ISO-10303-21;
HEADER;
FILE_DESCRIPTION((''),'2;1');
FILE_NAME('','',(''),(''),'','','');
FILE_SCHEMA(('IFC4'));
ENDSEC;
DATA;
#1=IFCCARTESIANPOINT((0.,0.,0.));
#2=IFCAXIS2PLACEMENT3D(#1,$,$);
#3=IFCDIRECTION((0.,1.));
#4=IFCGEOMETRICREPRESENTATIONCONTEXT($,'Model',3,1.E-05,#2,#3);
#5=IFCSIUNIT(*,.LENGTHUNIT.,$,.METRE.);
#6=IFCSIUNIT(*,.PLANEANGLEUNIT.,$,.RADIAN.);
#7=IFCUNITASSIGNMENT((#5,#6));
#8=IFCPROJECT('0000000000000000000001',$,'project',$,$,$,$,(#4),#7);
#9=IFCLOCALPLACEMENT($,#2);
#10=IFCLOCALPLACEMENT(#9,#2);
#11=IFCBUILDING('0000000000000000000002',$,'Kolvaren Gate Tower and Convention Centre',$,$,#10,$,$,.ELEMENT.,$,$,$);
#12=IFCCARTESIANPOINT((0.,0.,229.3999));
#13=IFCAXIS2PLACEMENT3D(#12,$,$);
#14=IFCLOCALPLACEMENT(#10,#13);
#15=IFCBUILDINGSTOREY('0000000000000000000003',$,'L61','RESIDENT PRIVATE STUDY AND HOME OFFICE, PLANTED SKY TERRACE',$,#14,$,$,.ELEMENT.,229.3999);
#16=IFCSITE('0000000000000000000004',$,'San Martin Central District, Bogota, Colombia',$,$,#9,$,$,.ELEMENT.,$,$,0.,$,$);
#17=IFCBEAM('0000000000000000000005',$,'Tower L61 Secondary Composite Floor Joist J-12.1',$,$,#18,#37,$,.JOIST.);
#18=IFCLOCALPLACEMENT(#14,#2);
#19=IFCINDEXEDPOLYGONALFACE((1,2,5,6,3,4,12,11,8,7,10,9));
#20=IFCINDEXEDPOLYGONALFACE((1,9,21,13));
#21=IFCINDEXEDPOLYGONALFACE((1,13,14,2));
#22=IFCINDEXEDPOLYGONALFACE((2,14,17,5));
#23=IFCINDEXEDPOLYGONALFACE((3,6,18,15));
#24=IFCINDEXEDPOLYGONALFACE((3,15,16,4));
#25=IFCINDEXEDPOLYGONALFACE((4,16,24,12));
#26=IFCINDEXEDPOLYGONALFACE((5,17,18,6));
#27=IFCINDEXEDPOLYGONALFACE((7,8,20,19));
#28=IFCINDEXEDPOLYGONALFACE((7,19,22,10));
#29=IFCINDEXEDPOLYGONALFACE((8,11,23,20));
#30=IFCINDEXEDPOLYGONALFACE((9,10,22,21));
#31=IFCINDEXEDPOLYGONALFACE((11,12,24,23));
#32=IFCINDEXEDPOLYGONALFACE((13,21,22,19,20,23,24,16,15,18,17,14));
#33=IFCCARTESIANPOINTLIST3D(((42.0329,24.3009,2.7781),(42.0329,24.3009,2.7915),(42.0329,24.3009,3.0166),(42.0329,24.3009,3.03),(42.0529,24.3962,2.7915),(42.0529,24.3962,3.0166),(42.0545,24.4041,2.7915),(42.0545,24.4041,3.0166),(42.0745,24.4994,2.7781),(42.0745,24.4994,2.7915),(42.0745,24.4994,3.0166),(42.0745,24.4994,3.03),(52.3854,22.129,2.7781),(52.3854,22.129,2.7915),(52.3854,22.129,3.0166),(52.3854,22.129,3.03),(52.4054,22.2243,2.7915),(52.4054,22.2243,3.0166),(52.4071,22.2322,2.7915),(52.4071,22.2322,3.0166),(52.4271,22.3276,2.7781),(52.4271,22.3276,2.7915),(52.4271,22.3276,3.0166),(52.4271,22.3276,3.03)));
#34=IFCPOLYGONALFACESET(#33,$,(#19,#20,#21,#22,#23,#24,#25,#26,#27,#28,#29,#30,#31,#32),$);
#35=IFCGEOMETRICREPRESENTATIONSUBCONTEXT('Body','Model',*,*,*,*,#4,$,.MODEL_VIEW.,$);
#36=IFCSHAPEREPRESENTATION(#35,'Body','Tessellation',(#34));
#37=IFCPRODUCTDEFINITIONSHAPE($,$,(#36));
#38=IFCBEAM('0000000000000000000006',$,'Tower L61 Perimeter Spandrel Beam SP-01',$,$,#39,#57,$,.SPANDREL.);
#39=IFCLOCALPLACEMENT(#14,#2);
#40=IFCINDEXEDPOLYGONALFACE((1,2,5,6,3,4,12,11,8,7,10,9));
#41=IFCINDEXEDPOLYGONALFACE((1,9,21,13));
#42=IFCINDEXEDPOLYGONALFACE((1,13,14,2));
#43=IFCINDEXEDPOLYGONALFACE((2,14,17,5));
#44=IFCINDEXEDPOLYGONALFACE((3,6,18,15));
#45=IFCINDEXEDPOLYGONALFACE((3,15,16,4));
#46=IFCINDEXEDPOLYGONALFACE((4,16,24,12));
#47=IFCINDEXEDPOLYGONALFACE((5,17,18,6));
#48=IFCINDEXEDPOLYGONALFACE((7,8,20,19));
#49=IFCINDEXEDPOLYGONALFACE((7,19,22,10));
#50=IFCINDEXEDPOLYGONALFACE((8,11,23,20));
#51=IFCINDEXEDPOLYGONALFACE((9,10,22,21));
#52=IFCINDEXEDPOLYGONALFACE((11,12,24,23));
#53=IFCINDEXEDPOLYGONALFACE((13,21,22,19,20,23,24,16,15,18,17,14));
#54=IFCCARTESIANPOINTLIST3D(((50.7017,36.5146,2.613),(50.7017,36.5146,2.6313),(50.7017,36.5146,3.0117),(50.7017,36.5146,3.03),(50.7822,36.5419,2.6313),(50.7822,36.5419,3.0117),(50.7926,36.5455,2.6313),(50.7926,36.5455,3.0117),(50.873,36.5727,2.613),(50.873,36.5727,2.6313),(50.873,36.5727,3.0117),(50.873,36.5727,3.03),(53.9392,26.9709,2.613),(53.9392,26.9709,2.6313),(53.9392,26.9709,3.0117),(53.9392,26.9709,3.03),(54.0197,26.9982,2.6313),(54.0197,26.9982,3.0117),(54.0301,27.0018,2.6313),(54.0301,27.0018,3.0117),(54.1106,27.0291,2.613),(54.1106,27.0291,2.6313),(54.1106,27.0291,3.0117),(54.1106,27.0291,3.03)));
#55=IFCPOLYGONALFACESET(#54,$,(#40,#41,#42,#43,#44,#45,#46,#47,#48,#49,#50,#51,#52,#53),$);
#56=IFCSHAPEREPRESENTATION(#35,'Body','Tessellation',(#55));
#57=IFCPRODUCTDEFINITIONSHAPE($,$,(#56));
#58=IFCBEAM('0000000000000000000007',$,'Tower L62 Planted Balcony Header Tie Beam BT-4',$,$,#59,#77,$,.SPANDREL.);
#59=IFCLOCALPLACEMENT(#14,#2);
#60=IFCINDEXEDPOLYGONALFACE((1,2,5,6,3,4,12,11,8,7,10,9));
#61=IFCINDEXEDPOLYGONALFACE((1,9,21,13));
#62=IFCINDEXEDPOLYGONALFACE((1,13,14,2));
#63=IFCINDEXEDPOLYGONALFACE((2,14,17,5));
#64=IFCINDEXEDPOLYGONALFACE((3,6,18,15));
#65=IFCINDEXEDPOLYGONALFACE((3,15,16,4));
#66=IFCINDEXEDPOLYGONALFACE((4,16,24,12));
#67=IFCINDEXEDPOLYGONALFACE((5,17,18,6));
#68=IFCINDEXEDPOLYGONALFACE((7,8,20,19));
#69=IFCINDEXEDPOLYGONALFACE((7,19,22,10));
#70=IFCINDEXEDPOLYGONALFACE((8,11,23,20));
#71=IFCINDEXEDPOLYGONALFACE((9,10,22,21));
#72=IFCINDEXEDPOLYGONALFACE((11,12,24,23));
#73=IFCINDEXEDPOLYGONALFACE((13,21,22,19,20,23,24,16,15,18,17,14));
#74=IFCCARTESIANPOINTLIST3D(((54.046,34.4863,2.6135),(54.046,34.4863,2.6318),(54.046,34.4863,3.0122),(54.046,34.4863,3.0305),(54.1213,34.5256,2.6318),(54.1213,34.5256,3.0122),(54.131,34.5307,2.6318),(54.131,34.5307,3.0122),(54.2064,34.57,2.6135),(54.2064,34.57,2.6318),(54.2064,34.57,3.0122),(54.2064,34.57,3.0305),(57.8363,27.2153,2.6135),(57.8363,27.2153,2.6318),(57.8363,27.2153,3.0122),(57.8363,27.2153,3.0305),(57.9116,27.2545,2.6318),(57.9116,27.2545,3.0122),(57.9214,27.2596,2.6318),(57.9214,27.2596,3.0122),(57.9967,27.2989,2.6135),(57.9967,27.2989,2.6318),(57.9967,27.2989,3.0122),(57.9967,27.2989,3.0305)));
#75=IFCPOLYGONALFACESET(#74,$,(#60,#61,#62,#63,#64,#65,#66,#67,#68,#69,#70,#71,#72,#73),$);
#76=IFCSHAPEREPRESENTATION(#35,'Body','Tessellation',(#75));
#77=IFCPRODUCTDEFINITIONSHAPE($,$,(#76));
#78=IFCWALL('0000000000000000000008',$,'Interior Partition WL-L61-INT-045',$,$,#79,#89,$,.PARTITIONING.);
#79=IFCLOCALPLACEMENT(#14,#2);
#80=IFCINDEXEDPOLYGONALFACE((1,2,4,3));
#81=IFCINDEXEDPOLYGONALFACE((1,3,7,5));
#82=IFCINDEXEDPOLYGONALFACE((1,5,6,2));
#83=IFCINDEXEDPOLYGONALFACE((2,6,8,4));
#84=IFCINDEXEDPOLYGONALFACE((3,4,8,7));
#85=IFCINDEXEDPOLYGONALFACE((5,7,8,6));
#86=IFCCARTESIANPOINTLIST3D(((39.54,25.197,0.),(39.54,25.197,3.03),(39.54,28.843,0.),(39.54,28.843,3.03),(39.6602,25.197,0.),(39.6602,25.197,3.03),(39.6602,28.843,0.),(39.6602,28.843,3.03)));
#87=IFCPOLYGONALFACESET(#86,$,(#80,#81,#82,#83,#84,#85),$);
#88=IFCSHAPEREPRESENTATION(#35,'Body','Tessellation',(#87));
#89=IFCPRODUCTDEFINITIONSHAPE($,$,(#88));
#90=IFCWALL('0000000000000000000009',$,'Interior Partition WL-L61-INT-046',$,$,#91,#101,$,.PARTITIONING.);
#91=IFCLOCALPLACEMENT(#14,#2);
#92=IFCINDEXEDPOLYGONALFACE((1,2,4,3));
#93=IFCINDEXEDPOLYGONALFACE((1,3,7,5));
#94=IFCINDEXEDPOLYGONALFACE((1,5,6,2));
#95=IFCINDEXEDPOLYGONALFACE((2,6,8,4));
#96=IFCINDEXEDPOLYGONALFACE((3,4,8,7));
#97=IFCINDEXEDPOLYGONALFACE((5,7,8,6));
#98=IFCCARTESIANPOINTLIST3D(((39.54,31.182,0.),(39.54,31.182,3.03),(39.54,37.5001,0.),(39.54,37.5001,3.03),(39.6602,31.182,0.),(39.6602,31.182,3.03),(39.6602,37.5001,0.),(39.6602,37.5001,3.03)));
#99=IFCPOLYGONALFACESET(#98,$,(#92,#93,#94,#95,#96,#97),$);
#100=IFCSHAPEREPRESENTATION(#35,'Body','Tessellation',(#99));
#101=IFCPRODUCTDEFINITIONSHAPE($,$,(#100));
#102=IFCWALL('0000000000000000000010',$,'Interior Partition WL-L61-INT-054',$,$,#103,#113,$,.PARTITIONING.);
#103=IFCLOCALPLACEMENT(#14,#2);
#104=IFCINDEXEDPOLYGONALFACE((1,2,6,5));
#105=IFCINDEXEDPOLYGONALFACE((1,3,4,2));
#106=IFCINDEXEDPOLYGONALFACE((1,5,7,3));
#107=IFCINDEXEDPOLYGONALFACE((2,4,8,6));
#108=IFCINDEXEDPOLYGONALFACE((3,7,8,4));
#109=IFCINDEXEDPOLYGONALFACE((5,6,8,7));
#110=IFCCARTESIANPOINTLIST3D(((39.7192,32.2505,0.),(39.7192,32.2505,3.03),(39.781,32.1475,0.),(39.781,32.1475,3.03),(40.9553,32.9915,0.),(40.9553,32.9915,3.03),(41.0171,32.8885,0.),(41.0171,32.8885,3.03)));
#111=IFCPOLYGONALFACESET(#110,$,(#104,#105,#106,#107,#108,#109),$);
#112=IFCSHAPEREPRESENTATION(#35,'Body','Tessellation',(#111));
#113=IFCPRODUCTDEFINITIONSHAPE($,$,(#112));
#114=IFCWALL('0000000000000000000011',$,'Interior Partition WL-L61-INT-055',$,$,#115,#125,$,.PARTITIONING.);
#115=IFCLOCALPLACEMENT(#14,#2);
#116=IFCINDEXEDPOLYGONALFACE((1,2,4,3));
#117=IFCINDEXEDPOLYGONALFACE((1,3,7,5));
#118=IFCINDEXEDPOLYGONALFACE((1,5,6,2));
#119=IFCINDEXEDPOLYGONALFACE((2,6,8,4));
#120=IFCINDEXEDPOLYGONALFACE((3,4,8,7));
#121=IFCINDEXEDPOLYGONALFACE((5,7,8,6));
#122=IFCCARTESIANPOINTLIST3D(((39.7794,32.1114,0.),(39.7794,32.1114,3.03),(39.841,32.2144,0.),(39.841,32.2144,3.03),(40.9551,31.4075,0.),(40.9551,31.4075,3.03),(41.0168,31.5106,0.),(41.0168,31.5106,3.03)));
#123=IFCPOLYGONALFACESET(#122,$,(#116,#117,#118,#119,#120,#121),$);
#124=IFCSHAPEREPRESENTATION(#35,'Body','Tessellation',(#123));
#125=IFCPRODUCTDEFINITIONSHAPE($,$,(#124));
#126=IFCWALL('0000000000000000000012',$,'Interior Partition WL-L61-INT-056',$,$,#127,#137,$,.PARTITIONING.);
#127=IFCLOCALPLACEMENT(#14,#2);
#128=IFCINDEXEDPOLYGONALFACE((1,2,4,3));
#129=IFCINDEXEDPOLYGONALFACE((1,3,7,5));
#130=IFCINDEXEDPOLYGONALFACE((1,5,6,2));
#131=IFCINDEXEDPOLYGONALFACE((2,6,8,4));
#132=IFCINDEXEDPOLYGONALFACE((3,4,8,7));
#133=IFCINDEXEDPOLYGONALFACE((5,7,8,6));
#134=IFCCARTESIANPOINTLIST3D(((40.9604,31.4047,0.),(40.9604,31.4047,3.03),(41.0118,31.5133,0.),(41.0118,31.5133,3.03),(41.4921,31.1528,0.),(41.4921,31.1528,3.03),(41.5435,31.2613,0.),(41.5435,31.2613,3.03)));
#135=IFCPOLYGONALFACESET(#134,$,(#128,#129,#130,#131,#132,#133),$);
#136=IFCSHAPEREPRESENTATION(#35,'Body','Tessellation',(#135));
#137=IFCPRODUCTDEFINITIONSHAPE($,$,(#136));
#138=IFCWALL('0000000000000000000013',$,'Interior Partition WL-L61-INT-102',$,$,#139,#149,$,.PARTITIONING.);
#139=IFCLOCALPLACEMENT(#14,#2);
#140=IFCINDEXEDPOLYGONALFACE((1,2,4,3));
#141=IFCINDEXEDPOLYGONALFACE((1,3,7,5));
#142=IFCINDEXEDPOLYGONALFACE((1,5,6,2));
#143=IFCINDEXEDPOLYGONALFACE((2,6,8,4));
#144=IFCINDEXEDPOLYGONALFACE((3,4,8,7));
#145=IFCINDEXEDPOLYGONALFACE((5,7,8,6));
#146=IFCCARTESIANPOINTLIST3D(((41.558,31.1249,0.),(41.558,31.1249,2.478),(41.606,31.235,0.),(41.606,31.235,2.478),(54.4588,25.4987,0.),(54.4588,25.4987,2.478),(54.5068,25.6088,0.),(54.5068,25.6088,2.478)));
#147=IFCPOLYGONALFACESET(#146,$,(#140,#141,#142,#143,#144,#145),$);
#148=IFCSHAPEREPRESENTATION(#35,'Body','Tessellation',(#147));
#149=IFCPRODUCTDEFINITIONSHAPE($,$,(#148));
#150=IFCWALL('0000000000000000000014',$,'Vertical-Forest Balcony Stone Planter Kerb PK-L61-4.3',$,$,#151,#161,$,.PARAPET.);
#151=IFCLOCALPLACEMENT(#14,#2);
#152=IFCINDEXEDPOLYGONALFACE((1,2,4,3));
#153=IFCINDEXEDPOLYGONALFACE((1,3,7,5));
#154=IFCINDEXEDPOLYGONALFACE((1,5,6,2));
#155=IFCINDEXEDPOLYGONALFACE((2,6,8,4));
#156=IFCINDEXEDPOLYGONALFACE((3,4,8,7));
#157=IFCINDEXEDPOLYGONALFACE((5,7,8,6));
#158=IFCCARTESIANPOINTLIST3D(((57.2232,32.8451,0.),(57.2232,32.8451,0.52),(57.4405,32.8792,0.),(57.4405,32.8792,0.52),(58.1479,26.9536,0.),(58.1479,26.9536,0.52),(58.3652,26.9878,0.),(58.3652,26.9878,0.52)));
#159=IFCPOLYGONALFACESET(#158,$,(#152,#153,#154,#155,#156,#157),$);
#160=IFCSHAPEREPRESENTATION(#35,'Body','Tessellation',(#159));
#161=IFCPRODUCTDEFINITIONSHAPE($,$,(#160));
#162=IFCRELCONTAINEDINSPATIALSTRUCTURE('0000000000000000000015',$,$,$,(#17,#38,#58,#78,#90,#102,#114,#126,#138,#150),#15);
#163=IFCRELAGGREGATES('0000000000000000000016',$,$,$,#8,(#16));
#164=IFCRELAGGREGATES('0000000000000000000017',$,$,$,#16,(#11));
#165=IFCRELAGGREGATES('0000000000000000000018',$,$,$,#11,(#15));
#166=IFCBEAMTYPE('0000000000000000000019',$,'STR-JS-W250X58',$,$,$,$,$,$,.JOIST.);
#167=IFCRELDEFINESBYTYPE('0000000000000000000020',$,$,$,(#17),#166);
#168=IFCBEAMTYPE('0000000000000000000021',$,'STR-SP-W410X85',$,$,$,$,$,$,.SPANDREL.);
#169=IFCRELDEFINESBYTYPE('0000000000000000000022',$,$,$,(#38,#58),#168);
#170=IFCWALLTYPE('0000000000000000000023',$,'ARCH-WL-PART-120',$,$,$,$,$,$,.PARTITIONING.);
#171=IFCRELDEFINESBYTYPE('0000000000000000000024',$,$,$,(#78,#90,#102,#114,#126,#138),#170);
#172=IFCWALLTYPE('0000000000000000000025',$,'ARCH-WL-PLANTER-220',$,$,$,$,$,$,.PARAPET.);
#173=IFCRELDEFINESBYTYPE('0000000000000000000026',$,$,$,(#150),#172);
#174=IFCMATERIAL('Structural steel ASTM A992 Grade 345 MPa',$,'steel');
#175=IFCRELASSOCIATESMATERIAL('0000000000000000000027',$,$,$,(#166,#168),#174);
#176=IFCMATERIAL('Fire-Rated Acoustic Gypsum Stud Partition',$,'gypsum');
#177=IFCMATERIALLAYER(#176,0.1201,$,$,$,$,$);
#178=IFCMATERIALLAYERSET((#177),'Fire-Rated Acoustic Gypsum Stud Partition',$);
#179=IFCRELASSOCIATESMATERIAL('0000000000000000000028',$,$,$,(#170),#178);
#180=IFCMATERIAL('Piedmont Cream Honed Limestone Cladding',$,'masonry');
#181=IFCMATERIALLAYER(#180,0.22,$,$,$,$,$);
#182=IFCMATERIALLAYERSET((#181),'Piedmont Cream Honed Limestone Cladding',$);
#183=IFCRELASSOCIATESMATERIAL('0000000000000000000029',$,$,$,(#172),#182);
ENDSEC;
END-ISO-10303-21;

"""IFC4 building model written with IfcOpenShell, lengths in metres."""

from ifc_helpers import new_model, si_unit, direction, frame, frame_2d, origin, origin_2d, place, context, subcontext, project, spatial, rectangle, i_section, extrude, material, layer, layer_set, material_profile, profile_set, type_object, element, save


model = new_model("IFC4")

# Units and contexts
model_context = context("Model", 3, precision=1e-05, world=origin(), true_north=direction((0.0, 1.0)))
body_context = subcontext(model_context, "Body", "Model", "MODEL_VIEW")
ifc_project = project(units=[si_unit("LENGTHUNIT", "METRE"), si_unit("PLANEANGLEUNIT", "RADIAN")], contexts=[model_context])

# Site, building, storey
site_placement = place(None, origin())
site = spatial("IfcSite", under=ifc_project, at=site_placement, Name="San Martin Central District, Bogota, Colombia", CompositionType="ELEMENT", RefElevation=0.0)
building_placement = place(site_placement, origin())
building = spatial("IfcBuilding", under=site, at=building_placement, Name="Kolvaren Gate Tower and Convention Centre", CompositionType="ELEMENT")
storey_placement = place(building_placement, frame((0.0, 0.0, 229.3999)))
storey = spatial("IfcBuildingStorey", under=building, at=storey_placement, Name="L61", Description="RESIDENT PRIVATE STUDY AND HOME OFFICE, PLANTED SKY TERRACE", CompositionType="ELEMENT", Elevation=229.3999)

# Beams
ifc_material_1 = material(Name="Structural steel ASTM A992 Grade 345 MPa", Category="steel")
ifc_material_profile_1 = material_profile(ifc_material_1, i_section(OverallWidth=0.2029, OverallDepth=0.252, WebThickness=0.0081, FlangeThickness=0.0134, at=origin_2d()), Name="W250X58")
ifc_profile_set_1 = profile_set([ifc_material_profile_1], Name="Structural steel ASTM A992 Grade 345 MPa")
beam_type_1 = type_object("IfcBeamType", Name="STR-JS-W250X58", PredefinedType="JOIST", material=ifc_profile_set_1)
beam_1_placement = place(storey_placement, frame((42.0537, 24.4001, 2.9041), z_axis=(0.978695, -0.205322, 0.0), x_axis=(0.205322, 0.978695, 0.0)))
element("IfcBeam", 1, at=beam_1_placement, inside=storey, type_object=beam_type_1, Name="Tower L61 Secondary Composite Floor Joist J-12.1", PredefinedType="JOIST", context=body_context, shape_type="SweptSolid", body=[
    extrude(i_section(OverallWidth=0.2029, OverallDepth=0.252, WebThickness=0.0081, FlangeThickness=0.0134, at=origin_2d()), origin(), (0.0, 0.0, 1.0), 10.5779),
])
ifc_material_profile_2 = material_profile(ifc_material_1, i_section(OverallWidth=0.1809, OverallDepth=0.417, WebThickness=0.011, FlangeThickness=0.0183, at=origin_2d()), Name="W410X85")
ifc_profile_set_2 = profile_set([ifc_material_profile_2], Name="Structural steel ASTM A992 Grade 345 MPa")
beam_type_2 = type_object("IfcBeamType", Name="STR-SP-W410X85", PredefinedType="SPANDREL", material=ifc_profile_set_2)
beam_2_placement = place(storey_placement, frame((54.0249, 27.0, 2.8215), z_axis=(-0.321253, 0.946994, 0.0), x_axis=(-0.946994, -0.321253, 0.0)))
element("IfcBeam", 2, at=beam_2_placement, inside=storey, type_object=beam_type_2, Name="Tower L61 Perimeter Spandrel Beam SP-01", PredefinedType="SPANDREL", context=body_context, shape_type="SweptSolid", body=[
    extrude(i_section(OverallWidth=0.1809, OverallDepth=0.417, WebThickness=0.011, FlangeThickness=0.0183, at=origin_2d()), origin(), (0.0, 0.0, 1.0), 10.0779),
])
beam_3_placement = place(storey_placement, frame((57.9165, 27.2571, 2.822), z_axis=(-0.462252, 0.886749, 0.0), x_axis=(-0.886749, -0.462252, 0.0)))
element("IfcBeam", 3, at=beam_3_placement, inside=storey, type_object=beam_type_2, Name="Tower L62 Planted Balcony Header Tie Beam BT-4", PredefinedType="SPANDREL", context=body_context, shape_type="SweptSolid", body=[
    extrude(i_section(OverallWidth=0.1809, OverallDepth=0.417, WebThickness=0.011, FlangeThickness=0.0183, at=origin_2d()), origin(), (0.0, 0.0, 1.0), 8.1997),
])

# Walls
ifc_material_2 = material(Name="Fire-Rated Acoustic Gypsum Stud Partition", Category="gypsum")
ifc_layer_1 = layer(ifc_material_2, 0.1201)
ifc_layer_set_1 = layer_set([ifc_layer_1], Name="Fire-Rated Acoustic Gypsum Stud Partition")
wall_type_1 = type_object("IfcWallType", Name="ARCH-WL-PART-120", PredefinedType="PARTITIONING", material=ifc_layer_set_1)
wall_1_placement = place(storey_placement, frame((39.6001, 25.197, 0.0), z_axis=(0.0, 0.0, 1.0), x_axis=(0.0, 1.0, 0.0)))
element("IfcWall", 4, at=wall_1_placement, inside=storey, type_object=wall_type_1, Name="Interior Partition WL-L61-INT-045", PredefinedType="PARTITIONING", context=body_context, shape_type="SweptSolid", body=[
    extrude(rectangle(XDim=3.646, YDim=0.1201, at=frame_2d((1.823, 0.0))), origin(), (0.0, 0.0, 1.0), 3.03),
])
wall_2_placement = place(storey_placement, frame((39.6001, 31.1819, 0.0), z_axis=(0.0, 0.0, 1.0), x_axis=(0.0, 1.0, 0.0)))
element("IfcWall", 5, at=wall_2_placement, inside=storey, type_object=wall_type_1, Name="Interior Partition WL-L61-INT-046", PredefinedType="PARTITIONING", context=body_context, shape_type="SweptSolid", body=[
    extrude(rectangle(XDim=6.3181, YDim=0.1201, at=frame_2d((3.1592, 0.0))), origin(), (0.0, 0.0, 1.0), 3.03),
])
wall_3_placement = place(storey_placement, frame((39.75, 32.199, 0.0), z_axis=(0.0, 0.0, 1.0), x_axis=(0.857702, 0.514147, 0.0)))
element("IfcWall", 6, at=wall_3_placement, inside=storey, type_object=wall_type_1, Name="Interior Partition WL-L61-INT-054", PredefinedType="PARTITIONING", context=body_context, shape_type="SweptSolid", body=[
    extrude(rectangle(XDim=1.4412, YDim=0.1201, at=frame_2d((0.7207, 0.0))), origin(), (0.0, 0.0, 1.0), 3.03),
])
wall_4_placement = place(storey_placement, frame((39.8103, 32.1628, 0.0), z_axis=(0.0, 0.0, 1.0), x_axis=(0.858011, -0.513631, 0.0)))
element("IfcWall", 7, at=wall_4_placement, inside=storey, type_object=wall_type_1, Name="Interior Partition WL-L61-INT-055", PredefinedType="PARTITIONING", context=body_context, shape_type="SweptSolid", body=[
    extrude(rectangle(XDim=1.3704, YDim=0.1201, at=frame_2d((0.6851, 0.0))), origin(), (0.0, 0.0, 1.0), 3.03),
])
wall_5_placement = place(storey_placement, frame((40.9861, 31.459, 0.0), z_axis=(0.0, 0.0, 1.0), x_axis=(0.903687, -0.428193, 0.0)))
element("IfcWall", 8, at=wall_5_placement, inside=storey, type_object=wall_type_1, Name="Interior Partition WL-L61-INT-056", PredefinedType="PARTITIONING", context=body_context, shape_type="SweptSolid", body=[
    extrude(rectangle(XDim=0.5884, YDim=0.1201, at=frame_2d((0.2942, 0.0))), origin(), (0.0, 0.0, 1.0), 3.03),
])
wall_6_placement = place(storey_placement, frame((41.582, 31.1799, 0.0), z_axis=(0.0, 0.0, 1.0), x_axis=(0.916624, -0.39975, 0.0)))
element("IfcWall", 9, at=wall_6_placement, inside=storey, type_object=wall_type_1, Name="Interior Partition WL-L61-INT-102", PredefinedType="PARTITIONING", context=body_context, shape_type="SweptSolid", body=[
    extrude(rectangle(XDim=14.0742, YDim=0.1201, at=frame_2d((7.0371, 0.0))), origin(), (0.0, 0.0, 1.0), 2.478),
])
ifc_material_3 = material(Name="Piedmont Cream Honed Limestone Cladding", Category="masonry")
ifc_layer_2 = layer(ifc_material_3, 0.22)
ifc_layer_set_2 = layer_set([ifc_layer_2], Name="Piedmont Cream Honed Limestone Cladding")
wall_type_2 = type_object("IfcWallType", Name="ARCH-WL-PLANTER-220", PredefinedType="PARAPET", material=ifc_layer_set_2)
wall_7_placement = place(storey_placement, frame((57.3318, 32.8623, 0.0), z_axis=(0.0, 0.0, 1.0), x_axis=(0.155071, -0.987903, 0.0)))
element("IfcWall", 10, at=wall_7_placement, inside=storey, type_object=wall_type_2, Name="Vertical-Forest Balcony Stone Planter Kerb PK-L61-4.3", PredefinedType="PARAPET", context=body_context, shape_type="SweptSolid", body=[
    extrude(rectangle(XDim=5.9636, YDim=0.22, at=frame_2d((2.9819, 0.0))), origin(), (0.0, 0.0, 1.0), 0.52),
])

save(model, "model.ifc")
